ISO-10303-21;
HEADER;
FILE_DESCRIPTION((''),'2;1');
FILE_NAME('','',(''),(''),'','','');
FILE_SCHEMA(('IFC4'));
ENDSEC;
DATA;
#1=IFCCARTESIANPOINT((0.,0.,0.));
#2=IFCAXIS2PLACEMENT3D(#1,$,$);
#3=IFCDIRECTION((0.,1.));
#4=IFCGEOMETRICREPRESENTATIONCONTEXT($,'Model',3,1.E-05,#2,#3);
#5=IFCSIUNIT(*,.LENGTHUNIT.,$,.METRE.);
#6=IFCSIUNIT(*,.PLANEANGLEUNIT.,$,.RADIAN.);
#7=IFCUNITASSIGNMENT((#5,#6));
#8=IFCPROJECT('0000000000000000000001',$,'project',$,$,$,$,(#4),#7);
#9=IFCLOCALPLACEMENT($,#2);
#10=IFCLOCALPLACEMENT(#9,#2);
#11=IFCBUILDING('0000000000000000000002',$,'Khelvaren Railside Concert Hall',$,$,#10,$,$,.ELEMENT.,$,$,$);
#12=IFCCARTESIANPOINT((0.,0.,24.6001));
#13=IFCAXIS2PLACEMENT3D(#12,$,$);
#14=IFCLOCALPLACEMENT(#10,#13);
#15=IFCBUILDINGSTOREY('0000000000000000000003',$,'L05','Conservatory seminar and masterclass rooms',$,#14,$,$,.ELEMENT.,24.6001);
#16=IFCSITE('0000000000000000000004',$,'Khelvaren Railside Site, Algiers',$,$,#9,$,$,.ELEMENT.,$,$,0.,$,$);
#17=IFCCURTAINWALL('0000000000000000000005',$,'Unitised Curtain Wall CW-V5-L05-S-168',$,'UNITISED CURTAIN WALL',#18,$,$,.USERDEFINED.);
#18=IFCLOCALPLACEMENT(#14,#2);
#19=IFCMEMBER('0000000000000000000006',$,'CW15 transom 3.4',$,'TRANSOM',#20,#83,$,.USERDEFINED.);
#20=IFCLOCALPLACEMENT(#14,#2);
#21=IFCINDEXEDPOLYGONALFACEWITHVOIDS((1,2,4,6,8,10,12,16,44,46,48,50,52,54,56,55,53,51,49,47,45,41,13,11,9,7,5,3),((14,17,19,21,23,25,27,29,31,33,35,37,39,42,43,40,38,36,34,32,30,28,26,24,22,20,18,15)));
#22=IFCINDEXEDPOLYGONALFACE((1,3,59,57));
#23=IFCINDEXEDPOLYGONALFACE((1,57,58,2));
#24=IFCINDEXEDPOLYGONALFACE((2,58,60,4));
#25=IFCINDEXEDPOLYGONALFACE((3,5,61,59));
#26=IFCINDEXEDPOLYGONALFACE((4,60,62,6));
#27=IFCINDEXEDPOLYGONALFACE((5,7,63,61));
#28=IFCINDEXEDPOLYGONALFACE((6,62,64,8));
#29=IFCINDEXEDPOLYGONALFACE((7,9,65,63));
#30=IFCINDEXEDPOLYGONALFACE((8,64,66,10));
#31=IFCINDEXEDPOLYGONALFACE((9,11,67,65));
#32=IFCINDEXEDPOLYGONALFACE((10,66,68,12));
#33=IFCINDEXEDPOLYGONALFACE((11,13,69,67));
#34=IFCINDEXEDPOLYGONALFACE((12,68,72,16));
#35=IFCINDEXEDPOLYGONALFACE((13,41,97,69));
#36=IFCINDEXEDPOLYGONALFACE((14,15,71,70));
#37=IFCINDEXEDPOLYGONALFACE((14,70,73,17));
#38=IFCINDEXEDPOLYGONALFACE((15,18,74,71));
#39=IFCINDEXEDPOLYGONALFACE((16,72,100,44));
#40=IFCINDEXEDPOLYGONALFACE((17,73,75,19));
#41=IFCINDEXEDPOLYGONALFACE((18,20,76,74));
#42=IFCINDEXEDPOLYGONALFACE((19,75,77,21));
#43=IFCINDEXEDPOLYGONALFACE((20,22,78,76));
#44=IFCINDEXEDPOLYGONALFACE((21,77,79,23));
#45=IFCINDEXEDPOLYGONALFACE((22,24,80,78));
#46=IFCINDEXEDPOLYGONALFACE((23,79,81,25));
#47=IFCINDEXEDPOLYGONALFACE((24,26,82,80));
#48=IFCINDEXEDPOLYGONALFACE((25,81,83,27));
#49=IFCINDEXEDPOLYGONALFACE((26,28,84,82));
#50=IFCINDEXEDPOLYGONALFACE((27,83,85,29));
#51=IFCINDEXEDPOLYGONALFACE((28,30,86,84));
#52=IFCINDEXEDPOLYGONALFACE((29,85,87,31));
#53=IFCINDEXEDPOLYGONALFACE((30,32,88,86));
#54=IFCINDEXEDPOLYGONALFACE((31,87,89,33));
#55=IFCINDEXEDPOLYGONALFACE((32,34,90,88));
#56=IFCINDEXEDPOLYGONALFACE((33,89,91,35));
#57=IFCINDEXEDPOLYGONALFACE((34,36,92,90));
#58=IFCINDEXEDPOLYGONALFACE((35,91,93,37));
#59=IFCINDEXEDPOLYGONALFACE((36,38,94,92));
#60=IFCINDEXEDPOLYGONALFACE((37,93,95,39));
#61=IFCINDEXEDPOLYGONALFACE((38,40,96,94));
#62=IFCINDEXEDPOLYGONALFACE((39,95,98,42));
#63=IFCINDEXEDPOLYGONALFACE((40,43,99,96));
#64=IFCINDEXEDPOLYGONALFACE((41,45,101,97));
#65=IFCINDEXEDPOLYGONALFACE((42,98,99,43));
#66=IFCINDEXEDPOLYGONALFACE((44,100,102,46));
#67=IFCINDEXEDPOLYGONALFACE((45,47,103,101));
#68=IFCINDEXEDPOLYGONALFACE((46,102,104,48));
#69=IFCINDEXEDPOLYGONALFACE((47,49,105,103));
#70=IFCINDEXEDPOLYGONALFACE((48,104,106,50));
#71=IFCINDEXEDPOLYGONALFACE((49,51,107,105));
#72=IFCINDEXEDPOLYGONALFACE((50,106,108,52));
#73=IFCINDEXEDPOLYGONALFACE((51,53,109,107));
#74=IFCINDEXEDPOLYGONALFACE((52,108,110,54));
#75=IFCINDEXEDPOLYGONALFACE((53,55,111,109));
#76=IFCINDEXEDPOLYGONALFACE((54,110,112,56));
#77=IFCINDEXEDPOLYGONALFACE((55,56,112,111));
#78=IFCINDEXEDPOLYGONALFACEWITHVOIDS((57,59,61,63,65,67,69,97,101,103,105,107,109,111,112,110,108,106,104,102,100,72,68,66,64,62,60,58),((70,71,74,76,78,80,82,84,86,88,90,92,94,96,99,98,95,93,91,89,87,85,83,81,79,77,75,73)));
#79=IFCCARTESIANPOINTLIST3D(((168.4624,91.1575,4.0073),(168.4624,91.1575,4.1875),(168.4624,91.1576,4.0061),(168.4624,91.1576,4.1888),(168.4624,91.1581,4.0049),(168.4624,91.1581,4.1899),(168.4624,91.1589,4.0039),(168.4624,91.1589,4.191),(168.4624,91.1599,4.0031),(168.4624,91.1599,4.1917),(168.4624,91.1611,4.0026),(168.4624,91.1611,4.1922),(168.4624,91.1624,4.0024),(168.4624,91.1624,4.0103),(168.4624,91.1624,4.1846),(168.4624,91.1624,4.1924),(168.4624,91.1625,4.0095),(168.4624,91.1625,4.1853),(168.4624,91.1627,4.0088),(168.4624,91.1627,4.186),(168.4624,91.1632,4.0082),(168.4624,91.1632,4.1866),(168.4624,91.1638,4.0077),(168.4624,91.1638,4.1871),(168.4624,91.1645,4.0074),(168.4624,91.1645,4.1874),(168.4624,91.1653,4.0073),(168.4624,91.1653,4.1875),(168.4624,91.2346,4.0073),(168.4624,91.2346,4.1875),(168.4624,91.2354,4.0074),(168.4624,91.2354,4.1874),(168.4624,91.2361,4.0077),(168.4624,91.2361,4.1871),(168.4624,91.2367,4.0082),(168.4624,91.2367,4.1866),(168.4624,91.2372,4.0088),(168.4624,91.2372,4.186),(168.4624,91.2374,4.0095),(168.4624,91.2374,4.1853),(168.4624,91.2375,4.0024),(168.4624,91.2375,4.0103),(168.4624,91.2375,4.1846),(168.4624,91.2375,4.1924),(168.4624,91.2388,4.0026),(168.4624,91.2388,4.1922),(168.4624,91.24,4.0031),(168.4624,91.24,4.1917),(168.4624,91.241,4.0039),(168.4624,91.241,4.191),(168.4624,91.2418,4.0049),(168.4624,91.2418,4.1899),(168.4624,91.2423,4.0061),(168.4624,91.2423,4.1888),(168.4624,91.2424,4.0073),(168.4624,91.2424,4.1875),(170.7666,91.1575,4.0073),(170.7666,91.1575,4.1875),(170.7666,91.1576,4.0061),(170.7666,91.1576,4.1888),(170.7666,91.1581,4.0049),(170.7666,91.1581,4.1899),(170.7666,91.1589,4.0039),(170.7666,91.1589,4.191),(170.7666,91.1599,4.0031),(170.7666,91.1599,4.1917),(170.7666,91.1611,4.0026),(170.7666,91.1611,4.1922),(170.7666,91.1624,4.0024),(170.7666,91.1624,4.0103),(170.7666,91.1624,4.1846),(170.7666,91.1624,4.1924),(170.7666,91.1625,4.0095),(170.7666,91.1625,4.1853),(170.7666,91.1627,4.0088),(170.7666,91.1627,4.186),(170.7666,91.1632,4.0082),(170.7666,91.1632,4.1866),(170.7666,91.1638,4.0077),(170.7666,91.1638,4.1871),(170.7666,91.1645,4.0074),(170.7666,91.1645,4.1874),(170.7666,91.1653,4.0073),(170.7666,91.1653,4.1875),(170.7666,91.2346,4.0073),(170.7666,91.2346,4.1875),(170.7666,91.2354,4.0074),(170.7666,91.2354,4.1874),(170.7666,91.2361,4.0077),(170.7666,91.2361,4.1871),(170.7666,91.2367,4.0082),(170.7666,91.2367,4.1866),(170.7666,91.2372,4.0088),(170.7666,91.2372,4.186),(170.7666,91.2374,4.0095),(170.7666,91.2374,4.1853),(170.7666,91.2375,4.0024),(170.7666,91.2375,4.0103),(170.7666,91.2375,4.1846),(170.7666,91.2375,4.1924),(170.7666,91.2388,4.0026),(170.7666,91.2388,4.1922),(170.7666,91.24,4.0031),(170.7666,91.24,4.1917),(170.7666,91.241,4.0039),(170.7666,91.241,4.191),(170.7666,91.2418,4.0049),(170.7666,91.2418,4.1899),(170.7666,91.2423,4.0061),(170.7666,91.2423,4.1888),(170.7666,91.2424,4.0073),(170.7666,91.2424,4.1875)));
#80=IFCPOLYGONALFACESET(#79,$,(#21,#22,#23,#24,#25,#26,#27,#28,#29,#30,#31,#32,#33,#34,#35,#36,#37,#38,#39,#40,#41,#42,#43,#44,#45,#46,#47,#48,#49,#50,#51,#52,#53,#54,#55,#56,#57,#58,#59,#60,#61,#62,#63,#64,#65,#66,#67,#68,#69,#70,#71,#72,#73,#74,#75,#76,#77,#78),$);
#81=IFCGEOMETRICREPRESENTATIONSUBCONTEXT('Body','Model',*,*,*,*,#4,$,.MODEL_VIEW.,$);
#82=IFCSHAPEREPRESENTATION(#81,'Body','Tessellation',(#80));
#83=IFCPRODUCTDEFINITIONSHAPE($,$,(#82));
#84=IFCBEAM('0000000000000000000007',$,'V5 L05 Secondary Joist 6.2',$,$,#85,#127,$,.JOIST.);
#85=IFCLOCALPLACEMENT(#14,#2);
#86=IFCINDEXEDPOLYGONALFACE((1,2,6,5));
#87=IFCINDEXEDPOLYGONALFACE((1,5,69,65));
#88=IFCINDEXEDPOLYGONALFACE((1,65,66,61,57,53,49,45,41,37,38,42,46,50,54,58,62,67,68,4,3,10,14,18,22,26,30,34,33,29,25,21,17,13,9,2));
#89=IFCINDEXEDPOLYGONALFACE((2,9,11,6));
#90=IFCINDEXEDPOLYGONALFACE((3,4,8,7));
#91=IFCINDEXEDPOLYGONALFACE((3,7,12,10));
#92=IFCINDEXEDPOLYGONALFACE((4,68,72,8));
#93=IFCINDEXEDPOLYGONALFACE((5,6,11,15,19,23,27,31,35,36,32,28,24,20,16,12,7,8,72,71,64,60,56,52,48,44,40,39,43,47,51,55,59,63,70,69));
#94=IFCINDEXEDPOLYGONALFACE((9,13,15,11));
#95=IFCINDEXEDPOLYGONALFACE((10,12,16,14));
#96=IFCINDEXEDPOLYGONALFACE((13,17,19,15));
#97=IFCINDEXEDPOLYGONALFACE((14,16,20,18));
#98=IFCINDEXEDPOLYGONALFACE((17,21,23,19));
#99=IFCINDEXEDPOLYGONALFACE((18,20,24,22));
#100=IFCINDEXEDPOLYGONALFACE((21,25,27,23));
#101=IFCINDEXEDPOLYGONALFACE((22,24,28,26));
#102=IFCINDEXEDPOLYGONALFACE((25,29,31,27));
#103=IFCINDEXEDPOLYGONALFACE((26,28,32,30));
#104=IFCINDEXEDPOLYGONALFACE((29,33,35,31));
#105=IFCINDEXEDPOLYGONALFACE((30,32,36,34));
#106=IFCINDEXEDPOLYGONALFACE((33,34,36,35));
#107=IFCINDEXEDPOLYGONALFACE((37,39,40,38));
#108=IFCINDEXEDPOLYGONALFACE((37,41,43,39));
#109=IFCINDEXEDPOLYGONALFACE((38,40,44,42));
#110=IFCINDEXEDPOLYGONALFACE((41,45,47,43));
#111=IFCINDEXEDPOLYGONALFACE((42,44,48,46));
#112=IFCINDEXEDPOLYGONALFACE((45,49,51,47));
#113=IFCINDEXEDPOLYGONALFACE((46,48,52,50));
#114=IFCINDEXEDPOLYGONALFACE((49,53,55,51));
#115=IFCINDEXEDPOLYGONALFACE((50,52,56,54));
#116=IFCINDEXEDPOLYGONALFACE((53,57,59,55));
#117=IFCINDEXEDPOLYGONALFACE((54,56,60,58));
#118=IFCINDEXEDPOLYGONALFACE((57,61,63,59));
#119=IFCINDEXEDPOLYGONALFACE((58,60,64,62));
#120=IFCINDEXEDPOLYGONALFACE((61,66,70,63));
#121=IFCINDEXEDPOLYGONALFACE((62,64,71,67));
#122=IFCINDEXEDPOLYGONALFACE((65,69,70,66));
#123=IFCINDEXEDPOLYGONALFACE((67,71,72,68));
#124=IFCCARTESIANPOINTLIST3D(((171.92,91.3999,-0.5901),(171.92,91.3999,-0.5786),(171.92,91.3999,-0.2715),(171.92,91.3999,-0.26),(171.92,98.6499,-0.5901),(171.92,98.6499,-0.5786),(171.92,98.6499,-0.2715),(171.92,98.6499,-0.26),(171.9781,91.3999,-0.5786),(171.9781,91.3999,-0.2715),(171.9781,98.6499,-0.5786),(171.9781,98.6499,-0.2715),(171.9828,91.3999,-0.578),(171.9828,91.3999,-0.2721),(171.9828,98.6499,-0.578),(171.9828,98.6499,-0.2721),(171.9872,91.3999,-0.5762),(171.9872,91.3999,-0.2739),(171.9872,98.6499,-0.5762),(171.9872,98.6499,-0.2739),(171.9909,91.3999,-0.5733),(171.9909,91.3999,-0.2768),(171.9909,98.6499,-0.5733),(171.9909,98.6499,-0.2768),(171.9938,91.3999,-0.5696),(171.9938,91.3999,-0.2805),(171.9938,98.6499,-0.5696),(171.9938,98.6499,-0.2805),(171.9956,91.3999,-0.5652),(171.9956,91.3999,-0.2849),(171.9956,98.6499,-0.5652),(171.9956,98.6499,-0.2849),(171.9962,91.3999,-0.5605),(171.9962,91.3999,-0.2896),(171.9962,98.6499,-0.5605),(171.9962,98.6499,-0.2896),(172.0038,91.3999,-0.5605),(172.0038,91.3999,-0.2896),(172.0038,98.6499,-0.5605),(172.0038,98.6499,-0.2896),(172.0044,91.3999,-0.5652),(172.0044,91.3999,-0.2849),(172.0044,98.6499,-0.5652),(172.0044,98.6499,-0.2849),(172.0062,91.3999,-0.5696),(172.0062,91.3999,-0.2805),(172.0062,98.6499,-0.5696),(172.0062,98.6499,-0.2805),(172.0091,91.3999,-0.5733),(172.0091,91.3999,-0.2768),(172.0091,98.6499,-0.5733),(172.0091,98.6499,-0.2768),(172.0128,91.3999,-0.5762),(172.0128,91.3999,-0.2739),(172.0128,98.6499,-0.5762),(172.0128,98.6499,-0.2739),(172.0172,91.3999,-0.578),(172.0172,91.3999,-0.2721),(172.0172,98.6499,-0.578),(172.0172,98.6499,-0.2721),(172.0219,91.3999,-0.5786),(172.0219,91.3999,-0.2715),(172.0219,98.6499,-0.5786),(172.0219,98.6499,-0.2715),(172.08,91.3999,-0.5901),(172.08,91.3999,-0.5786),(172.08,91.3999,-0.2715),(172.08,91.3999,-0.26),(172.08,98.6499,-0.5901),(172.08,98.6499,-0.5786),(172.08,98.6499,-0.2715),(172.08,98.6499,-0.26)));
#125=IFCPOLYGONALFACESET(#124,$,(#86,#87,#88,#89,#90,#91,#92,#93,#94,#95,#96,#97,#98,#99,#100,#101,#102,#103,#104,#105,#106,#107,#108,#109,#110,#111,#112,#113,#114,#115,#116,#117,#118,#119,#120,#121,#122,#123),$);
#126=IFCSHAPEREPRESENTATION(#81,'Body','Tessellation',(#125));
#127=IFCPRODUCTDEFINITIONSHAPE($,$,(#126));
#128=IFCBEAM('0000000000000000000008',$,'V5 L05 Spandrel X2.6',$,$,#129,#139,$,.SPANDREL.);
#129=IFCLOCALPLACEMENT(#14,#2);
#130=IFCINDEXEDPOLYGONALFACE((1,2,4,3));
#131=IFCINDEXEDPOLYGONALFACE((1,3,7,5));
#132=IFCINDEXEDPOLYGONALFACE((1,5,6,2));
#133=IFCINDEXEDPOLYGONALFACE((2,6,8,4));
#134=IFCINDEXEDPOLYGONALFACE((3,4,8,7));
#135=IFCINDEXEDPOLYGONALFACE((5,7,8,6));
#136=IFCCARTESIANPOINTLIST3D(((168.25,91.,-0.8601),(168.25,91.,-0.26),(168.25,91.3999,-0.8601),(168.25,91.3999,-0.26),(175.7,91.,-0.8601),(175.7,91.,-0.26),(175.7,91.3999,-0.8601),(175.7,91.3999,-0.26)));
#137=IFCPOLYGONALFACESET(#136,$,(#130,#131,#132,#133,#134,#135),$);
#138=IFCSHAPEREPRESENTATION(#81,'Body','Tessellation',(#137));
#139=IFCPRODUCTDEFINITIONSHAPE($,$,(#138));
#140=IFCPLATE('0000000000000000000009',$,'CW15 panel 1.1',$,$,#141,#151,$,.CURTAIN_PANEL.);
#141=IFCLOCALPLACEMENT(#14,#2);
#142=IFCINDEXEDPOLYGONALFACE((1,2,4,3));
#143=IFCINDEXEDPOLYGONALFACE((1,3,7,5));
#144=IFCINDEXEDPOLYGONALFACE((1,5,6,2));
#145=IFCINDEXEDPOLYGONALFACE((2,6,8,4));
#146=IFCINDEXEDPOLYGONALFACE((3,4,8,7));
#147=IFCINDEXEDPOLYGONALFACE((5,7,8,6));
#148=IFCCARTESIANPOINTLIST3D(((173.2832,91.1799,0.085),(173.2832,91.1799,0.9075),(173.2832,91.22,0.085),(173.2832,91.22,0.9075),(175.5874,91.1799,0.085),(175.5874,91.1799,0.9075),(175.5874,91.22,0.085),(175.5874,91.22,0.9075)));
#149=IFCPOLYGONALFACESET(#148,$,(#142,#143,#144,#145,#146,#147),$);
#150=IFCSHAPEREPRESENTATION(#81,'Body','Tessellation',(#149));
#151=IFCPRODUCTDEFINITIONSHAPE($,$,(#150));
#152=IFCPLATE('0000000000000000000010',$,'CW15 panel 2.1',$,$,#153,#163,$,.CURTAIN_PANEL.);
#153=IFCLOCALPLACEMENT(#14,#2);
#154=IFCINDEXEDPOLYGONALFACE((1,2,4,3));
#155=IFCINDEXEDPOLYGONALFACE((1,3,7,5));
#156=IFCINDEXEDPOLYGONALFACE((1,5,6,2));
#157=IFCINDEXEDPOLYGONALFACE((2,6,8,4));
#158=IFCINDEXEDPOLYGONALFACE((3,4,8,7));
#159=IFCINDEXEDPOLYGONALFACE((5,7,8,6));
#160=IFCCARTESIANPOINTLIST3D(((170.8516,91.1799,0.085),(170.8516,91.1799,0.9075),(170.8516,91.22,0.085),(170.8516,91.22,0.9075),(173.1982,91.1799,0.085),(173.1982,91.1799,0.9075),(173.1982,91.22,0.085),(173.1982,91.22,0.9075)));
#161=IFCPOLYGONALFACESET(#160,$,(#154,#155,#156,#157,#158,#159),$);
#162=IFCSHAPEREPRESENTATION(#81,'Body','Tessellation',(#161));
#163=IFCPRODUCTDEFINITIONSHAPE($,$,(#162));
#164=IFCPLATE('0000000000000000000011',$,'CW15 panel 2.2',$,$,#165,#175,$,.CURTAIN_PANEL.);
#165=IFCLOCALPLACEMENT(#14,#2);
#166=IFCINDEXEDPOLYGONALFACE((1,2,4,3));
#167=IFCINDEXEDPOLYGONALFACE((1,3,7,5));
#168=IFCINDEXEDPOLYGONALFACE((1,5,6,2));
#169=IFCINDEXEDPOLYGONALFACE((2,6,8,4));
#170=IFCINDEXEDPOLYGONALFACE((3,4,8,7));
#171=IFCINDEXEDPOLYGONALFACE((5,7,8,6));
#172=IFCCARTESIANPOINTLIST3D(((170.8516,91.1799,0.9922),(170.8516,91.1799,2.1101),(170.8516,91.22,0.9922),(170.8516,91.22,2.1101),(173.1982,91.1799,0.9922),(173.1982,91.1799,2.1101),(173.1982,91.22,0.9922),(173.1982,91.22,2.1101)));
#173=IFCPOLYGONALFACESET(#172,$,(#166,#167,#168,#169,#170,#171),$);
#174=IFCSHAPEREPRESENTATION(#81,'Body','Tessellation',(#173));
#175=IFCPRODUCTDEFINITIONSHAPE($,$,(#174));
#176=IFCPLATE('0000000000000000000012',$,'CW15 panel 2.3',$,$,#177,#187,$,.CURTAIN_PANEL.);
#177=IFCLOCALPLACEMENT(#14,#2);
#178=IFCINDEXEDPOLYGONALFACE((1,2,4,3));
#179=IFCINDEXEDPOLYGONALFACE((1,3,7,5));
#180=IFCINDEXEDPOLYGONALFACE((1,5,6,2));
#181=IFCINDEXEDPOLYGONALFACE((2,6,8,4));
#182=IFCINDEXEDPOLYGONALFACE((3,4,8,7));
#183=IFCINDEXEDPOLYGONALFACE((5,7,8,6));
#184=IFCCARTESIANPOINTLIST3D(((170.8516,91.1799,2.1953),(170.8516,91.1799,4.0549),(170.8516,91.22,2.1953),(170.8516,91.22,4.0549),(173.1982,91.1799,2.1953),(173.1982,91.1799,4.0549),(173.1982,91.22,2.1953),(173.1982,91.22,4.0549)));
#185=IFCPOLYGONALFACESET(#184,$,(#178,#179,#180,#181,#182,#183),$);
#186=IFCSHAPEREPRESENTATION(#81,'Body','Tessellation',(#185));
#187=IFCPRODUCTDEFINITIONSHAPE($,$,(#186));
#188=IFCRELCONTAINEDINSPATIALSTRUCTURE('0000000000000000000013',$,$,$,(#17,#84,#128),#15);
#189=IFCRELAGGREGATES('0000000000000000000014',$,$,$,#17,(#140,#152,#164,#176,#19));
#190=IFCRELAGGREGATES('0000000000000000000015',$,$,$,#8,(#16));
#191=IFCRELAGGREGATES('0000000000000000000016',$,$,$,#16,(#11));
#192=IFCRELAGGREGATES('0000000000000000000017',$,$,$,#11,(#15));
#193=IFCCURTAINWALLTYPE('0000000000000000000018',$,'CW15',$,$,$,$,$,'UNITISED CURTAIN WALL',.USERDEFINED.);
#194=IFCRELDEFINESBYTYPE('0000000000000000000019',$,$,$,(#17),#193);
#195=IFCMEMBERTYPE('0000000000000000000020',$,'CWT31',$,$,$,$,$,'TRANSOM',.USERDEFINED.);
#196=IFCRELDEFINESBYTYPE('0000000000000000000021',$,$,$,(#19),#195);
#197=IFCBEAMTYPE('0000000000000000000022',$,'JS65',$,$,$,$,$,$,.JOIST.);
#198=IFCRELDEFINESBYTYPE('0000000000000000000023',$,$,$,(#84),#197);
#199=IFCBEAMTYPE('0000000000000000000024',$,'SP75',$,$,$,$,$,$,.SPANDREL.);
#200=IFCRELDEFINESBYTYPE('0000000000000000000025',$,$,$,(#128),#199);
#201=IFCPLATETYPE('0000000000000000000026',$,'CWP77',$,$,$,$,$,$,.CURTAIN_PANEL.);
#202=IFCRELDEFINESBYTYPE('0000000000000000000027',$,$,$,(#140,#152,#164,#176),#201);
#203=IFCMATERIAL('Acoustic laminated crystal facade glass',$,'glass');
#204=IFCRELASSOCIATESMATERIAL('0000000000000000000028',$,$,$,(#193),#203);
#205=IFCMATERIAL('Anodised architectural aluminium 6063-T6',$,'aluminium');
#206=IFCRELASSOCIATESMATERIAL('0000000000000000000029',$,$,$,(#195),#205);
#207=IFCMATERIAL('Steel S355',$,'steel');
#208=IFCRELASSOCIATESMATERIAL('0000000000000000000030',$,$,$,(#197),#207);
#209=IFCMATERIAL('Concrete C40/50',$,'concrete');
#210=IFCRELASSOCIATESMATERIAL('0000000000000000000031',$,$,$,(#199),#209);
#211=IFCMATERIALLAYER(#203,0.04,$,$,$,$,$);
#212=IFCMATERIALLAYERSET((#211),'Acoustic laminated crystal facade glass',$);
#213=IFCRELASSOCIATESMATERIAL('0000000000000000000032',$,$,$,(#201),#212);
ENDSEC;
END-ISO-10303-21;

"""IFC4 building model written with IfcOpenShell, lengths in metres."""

from ifc_helpers import new_model, si_unit, direction, frame, origin, origin_2d, place, context, subcontext, project, spatial, rectangle, hollow_rectangle, i_section, extrude, material, layer, layer_set, material_profile, profile_set, type_object, element, aggregate, save


model = new_model("IFC4")

# Units and contexts
model_context = context("Model", 3, precision=1e-05, world=origin(), true_north=direction((0.0, 1.0)))
body_context = subcontext(model_context, "Body", "Model", "MODEL_VIEW")
ifc_project = project(units=[si_unit("LENGTHUNIT", "METRE"), si_unit("PLANEANGLEUNIT", "RADIAN")], contexts=[model_context])

# Site, building, storey
site_placement = place(None, origin())
site = spatial("IfcSite", under=ifc_project, at=site_placement, Name="Khelvaren Railside Site, Algiers", CompositionType="ELEMENT", RefElevation=0.0)
building_placement = place(site_placement, origin())
building = spatial("IfcBuilding", under=site, at=building_placement, Name="Khelvaren Railside Concert Hall", CompositionType="ELEMENT")
storey_placement = place(building_placement, frame((0.0, 0.0, 24.6001)))
storey = spatial("IfcBuildingStorey", under=building, at=storey_placement, Name="L05", Description="Conservatory seminar and masterclass rooms", CompositionType="ELEMENT", Elevation=24.6001)

# Shared definitions
ifc_material_1 = material(Name="Steel S355", Category="steel")

# Curtain wall, member
ifc_material_2 = material(Name="Acoustic laminated crystal facade glass", Category="glass")
curtain_wall_type = type_object("IfcCurtainWallType", Name="CW15", ElementType="UNITISED CURTAIN WALL", PredefinedType="USERDEFINED", material=ifc_material_2)
curtain_wall_placement = place(storey_placement, origin())
curtain_wall = element("IfcCurtainWall", 1, at=curtain_wall_placement, inside=storey, type_object=curtain_wall_type, Name="Unitised Curtain Wall CW-V5-L05-S-168", ObjectType="UNITISED CURTAIN WALL", PredefinedType="USERDEFINED")
ifc_material_3 = material(Name="Anodised architectural aluminium 6063-T6", Category="aluminium")
ifc_material_profile_1 = material_profile(ifc_material_3, hollow_rectangle(XDim=0.085, YDim=0.1899, WallThickness=0.0049, InnerFilletRadius=0.0029, OuterFilletRadius=0.0049, at=origin_2d()), Name="CWT 85x190x5")
ifc_profile_set_1 = profile_set([ifc_material_profile_1], Name="Anodised architectural aluminium 6063-T6")
member_type_1 = type_object("IfcMemberType", Name="CWT31", ElementType="TRANSOM", PredefinedType="USERDEFINED", material=ifc_profile_set_1)
member_1_placement = place(storey_placement, frame((170.7666, 91.2, 4.0974), z_axis=(-1.0, 0.0, 0.0), x_axis=(0.0, -1.0, 0.0)))
member_1 = element("IfcMember", 2, at=member_1_placement, type_object=member_type_1, Name="CW15 transom 3.4", ObjectType="TRANSOM", PredefinedType="USERDEFINED", context=body_context, shape_type="SweptSolid", body=[
    extrude(hollow_rectangle(XDim=0.085, YDim=0.1899, WallThickness=0.0049, InnerFilletRadius=0.0029, OuterFilletRadius=0.0049, at=origin_2d()), origin(), (0.0, 0.0, 1.0), 2.3042),
])

# Beams
ifc_material_profile_2 = material_profile(ifc_material_1, i_section(OverallWidth=0.1599, OverallDepth=0.3301, WebThickness=0.0076, FlangeThickness=0.0115, FilletRadius=0.0181, at=origin_2d()), Name="IPE 330")
ifc_profile_set_2 = profile_set([ifc_material_profile_2], Name="Steel S355")
beam_type_1 = type_object("IfcBeamType", Name="JS65", PredefinedType="JOIST", material=ifc_profile_set_2)
beam_1_placement = place(storey_placement, frame((172.0, 91.3999, -0.425), z_axis=(0.0, 1.0, 0.0), x_axis=(-1.0, 0.0, 0.0)))
element("IfcBeam", 3, at=beam_1_placement, inside=storey, type_object=beam_type_1, Name="V5 L05 Secondary Joist 6.2", PredefinedType="JOIST", context=body_context, shape_type="SweptSolid", body=[
    extrude(i_section(OverallWidth=0.1599, OverallDepth=0.3301, WebThickness=0.0076, FlangeThickness=0.0115, FilletRadius=0.0181, at=origin_2d()), origin(), (0.0, 0.0, 1.0), 7.25),
])
ifc_material_4 = material(Name="Concrete C40/50", Category="concrete")
ifc_material_profile_3 = material_profile(ifc_material_4, rectangle(XDim=0.3999, YDim=0.6001, at=origin_2d()), Name="RCB 400x600")
ifc_profile_set_3 = profile_set([ifc_material_profile_3], Name="Concrete C40/50")
beam_type_2 = type_object("IfcBeamType", Name="SP75", PredefinedType="SPANDREL", material=ifc_profile_set_3)
beam_2_placement = place(storey_placement, frame((168.25, 91.2, -0.5601), z_axis=(1.0, 0.0, 0.0), x_axis=(0.0, 1.0, 0.0)))
element("IfcBeam", 4, at=beam_2_placement, inside=storey, type_object=beam_type_2, Name="V5 L05 Spandrel X2.6", PredefinedType="SPANDREL", context=body_context, shape_type="SweptSolid", body=[
    extrude(rectangle(XDim=0.3999, YDim=0.6001, at=origin_2d()), origin(), (0.0, 0.0, 1.0), 7.45),
])

# Plates
ifc_layer = layer(ifc_material_2, 0.04)
ifc_layer_set = layer_set([ifc_layer], Name="Acoustic laminated crystal facade glass")
plate_type = type_object("IfcPlateType", Name="CWP77", PredefinedType="CURTAIN_PANEL", material=ifc_layer_set)
plate_1_placement = place(storey_placement, frame((174.4353, 91.2, 0.085), z_axis=(0.0, 0.0, 1.0), x_axis=(-1.0, 0.0, 0.0)))
plate_1 = element("IfcPlate", 5, at=plate_1_placement, type_object=plate_type, Name="CW15 panel 1.1", PredefinedType="CURTAIN_PANEL", context=body_context, shape_type="SweptSolid", body=[
    extrude(rectangle(XDim=2.3042, YDim=0.04, at=origin_2d()), origin(), (0.0, 0.0, 1.0), 0.8225),
])
plate_2_placement = place(storey_placement, frame((172.0249, 91.2, 0.085), z_axis=(0.0, 0.0, 1.0), x_axis=(-1.0, 0.0, 0.0)))
plate_2 = element("IfcPlate", 6, at=plate_2_placement, type_object=plate_type, Name="CW15 panel 2.1", PredefinedType="CURTAIN_PANEL", context=body_context, shape_type="SweptSolid", body=[
    extrude(rectangle(XDim=2.3467, YDim=0.04, at=origin_2d()), origin(), (0.0, 0.0, 1.0), 0.8225),
])
plate_3_placement = place(storey_placement, frame((172.0249, 91.2, 0.9922), z_axis=(0.0, 0.0, 1.0), x_axis=(-1.0, 0.0, 0.0)))
plate_3 = element("IfcPlate", 7, at=plate_3_placement, type_object=plate_type, Name="CW15 panel 2.2", PredefinedType="CURTAIN_PANEL", context=body_context, shape_type="SweptSolid", body=[
    extrude(rectangle(XDim=2.3467, YDim=0.04, at=origin_2d()), origin(), (0.0, 0.0, 1.0), 1.1179),
])
plate_4_placement = place(storey_placement, frame((172.0249, 91.2, 2.1953), z_axis=(0.0, 0.0, 1.0), x_axis=(-1.0, 0.0, 0.0)))
plate_4 = element("IfcPlate", 8, at=plate_4_placement, type_object=plate_type, Name="CW15 panel 2.3", PredefinedType="CURTAIN_PANEL", context=body_context, shape_type="SweptSolid", body=[
    extrude(rectangle(XDim=2.3467, YDim=0.04, at=origin_2d()), origin(), (0.0, 0.0, 1.0), 1.8596),
])
aggregate(curtain_wall, [plate_1, plate_2, plate_3, plate_4, member_1])

save(model, "model.ifc")
